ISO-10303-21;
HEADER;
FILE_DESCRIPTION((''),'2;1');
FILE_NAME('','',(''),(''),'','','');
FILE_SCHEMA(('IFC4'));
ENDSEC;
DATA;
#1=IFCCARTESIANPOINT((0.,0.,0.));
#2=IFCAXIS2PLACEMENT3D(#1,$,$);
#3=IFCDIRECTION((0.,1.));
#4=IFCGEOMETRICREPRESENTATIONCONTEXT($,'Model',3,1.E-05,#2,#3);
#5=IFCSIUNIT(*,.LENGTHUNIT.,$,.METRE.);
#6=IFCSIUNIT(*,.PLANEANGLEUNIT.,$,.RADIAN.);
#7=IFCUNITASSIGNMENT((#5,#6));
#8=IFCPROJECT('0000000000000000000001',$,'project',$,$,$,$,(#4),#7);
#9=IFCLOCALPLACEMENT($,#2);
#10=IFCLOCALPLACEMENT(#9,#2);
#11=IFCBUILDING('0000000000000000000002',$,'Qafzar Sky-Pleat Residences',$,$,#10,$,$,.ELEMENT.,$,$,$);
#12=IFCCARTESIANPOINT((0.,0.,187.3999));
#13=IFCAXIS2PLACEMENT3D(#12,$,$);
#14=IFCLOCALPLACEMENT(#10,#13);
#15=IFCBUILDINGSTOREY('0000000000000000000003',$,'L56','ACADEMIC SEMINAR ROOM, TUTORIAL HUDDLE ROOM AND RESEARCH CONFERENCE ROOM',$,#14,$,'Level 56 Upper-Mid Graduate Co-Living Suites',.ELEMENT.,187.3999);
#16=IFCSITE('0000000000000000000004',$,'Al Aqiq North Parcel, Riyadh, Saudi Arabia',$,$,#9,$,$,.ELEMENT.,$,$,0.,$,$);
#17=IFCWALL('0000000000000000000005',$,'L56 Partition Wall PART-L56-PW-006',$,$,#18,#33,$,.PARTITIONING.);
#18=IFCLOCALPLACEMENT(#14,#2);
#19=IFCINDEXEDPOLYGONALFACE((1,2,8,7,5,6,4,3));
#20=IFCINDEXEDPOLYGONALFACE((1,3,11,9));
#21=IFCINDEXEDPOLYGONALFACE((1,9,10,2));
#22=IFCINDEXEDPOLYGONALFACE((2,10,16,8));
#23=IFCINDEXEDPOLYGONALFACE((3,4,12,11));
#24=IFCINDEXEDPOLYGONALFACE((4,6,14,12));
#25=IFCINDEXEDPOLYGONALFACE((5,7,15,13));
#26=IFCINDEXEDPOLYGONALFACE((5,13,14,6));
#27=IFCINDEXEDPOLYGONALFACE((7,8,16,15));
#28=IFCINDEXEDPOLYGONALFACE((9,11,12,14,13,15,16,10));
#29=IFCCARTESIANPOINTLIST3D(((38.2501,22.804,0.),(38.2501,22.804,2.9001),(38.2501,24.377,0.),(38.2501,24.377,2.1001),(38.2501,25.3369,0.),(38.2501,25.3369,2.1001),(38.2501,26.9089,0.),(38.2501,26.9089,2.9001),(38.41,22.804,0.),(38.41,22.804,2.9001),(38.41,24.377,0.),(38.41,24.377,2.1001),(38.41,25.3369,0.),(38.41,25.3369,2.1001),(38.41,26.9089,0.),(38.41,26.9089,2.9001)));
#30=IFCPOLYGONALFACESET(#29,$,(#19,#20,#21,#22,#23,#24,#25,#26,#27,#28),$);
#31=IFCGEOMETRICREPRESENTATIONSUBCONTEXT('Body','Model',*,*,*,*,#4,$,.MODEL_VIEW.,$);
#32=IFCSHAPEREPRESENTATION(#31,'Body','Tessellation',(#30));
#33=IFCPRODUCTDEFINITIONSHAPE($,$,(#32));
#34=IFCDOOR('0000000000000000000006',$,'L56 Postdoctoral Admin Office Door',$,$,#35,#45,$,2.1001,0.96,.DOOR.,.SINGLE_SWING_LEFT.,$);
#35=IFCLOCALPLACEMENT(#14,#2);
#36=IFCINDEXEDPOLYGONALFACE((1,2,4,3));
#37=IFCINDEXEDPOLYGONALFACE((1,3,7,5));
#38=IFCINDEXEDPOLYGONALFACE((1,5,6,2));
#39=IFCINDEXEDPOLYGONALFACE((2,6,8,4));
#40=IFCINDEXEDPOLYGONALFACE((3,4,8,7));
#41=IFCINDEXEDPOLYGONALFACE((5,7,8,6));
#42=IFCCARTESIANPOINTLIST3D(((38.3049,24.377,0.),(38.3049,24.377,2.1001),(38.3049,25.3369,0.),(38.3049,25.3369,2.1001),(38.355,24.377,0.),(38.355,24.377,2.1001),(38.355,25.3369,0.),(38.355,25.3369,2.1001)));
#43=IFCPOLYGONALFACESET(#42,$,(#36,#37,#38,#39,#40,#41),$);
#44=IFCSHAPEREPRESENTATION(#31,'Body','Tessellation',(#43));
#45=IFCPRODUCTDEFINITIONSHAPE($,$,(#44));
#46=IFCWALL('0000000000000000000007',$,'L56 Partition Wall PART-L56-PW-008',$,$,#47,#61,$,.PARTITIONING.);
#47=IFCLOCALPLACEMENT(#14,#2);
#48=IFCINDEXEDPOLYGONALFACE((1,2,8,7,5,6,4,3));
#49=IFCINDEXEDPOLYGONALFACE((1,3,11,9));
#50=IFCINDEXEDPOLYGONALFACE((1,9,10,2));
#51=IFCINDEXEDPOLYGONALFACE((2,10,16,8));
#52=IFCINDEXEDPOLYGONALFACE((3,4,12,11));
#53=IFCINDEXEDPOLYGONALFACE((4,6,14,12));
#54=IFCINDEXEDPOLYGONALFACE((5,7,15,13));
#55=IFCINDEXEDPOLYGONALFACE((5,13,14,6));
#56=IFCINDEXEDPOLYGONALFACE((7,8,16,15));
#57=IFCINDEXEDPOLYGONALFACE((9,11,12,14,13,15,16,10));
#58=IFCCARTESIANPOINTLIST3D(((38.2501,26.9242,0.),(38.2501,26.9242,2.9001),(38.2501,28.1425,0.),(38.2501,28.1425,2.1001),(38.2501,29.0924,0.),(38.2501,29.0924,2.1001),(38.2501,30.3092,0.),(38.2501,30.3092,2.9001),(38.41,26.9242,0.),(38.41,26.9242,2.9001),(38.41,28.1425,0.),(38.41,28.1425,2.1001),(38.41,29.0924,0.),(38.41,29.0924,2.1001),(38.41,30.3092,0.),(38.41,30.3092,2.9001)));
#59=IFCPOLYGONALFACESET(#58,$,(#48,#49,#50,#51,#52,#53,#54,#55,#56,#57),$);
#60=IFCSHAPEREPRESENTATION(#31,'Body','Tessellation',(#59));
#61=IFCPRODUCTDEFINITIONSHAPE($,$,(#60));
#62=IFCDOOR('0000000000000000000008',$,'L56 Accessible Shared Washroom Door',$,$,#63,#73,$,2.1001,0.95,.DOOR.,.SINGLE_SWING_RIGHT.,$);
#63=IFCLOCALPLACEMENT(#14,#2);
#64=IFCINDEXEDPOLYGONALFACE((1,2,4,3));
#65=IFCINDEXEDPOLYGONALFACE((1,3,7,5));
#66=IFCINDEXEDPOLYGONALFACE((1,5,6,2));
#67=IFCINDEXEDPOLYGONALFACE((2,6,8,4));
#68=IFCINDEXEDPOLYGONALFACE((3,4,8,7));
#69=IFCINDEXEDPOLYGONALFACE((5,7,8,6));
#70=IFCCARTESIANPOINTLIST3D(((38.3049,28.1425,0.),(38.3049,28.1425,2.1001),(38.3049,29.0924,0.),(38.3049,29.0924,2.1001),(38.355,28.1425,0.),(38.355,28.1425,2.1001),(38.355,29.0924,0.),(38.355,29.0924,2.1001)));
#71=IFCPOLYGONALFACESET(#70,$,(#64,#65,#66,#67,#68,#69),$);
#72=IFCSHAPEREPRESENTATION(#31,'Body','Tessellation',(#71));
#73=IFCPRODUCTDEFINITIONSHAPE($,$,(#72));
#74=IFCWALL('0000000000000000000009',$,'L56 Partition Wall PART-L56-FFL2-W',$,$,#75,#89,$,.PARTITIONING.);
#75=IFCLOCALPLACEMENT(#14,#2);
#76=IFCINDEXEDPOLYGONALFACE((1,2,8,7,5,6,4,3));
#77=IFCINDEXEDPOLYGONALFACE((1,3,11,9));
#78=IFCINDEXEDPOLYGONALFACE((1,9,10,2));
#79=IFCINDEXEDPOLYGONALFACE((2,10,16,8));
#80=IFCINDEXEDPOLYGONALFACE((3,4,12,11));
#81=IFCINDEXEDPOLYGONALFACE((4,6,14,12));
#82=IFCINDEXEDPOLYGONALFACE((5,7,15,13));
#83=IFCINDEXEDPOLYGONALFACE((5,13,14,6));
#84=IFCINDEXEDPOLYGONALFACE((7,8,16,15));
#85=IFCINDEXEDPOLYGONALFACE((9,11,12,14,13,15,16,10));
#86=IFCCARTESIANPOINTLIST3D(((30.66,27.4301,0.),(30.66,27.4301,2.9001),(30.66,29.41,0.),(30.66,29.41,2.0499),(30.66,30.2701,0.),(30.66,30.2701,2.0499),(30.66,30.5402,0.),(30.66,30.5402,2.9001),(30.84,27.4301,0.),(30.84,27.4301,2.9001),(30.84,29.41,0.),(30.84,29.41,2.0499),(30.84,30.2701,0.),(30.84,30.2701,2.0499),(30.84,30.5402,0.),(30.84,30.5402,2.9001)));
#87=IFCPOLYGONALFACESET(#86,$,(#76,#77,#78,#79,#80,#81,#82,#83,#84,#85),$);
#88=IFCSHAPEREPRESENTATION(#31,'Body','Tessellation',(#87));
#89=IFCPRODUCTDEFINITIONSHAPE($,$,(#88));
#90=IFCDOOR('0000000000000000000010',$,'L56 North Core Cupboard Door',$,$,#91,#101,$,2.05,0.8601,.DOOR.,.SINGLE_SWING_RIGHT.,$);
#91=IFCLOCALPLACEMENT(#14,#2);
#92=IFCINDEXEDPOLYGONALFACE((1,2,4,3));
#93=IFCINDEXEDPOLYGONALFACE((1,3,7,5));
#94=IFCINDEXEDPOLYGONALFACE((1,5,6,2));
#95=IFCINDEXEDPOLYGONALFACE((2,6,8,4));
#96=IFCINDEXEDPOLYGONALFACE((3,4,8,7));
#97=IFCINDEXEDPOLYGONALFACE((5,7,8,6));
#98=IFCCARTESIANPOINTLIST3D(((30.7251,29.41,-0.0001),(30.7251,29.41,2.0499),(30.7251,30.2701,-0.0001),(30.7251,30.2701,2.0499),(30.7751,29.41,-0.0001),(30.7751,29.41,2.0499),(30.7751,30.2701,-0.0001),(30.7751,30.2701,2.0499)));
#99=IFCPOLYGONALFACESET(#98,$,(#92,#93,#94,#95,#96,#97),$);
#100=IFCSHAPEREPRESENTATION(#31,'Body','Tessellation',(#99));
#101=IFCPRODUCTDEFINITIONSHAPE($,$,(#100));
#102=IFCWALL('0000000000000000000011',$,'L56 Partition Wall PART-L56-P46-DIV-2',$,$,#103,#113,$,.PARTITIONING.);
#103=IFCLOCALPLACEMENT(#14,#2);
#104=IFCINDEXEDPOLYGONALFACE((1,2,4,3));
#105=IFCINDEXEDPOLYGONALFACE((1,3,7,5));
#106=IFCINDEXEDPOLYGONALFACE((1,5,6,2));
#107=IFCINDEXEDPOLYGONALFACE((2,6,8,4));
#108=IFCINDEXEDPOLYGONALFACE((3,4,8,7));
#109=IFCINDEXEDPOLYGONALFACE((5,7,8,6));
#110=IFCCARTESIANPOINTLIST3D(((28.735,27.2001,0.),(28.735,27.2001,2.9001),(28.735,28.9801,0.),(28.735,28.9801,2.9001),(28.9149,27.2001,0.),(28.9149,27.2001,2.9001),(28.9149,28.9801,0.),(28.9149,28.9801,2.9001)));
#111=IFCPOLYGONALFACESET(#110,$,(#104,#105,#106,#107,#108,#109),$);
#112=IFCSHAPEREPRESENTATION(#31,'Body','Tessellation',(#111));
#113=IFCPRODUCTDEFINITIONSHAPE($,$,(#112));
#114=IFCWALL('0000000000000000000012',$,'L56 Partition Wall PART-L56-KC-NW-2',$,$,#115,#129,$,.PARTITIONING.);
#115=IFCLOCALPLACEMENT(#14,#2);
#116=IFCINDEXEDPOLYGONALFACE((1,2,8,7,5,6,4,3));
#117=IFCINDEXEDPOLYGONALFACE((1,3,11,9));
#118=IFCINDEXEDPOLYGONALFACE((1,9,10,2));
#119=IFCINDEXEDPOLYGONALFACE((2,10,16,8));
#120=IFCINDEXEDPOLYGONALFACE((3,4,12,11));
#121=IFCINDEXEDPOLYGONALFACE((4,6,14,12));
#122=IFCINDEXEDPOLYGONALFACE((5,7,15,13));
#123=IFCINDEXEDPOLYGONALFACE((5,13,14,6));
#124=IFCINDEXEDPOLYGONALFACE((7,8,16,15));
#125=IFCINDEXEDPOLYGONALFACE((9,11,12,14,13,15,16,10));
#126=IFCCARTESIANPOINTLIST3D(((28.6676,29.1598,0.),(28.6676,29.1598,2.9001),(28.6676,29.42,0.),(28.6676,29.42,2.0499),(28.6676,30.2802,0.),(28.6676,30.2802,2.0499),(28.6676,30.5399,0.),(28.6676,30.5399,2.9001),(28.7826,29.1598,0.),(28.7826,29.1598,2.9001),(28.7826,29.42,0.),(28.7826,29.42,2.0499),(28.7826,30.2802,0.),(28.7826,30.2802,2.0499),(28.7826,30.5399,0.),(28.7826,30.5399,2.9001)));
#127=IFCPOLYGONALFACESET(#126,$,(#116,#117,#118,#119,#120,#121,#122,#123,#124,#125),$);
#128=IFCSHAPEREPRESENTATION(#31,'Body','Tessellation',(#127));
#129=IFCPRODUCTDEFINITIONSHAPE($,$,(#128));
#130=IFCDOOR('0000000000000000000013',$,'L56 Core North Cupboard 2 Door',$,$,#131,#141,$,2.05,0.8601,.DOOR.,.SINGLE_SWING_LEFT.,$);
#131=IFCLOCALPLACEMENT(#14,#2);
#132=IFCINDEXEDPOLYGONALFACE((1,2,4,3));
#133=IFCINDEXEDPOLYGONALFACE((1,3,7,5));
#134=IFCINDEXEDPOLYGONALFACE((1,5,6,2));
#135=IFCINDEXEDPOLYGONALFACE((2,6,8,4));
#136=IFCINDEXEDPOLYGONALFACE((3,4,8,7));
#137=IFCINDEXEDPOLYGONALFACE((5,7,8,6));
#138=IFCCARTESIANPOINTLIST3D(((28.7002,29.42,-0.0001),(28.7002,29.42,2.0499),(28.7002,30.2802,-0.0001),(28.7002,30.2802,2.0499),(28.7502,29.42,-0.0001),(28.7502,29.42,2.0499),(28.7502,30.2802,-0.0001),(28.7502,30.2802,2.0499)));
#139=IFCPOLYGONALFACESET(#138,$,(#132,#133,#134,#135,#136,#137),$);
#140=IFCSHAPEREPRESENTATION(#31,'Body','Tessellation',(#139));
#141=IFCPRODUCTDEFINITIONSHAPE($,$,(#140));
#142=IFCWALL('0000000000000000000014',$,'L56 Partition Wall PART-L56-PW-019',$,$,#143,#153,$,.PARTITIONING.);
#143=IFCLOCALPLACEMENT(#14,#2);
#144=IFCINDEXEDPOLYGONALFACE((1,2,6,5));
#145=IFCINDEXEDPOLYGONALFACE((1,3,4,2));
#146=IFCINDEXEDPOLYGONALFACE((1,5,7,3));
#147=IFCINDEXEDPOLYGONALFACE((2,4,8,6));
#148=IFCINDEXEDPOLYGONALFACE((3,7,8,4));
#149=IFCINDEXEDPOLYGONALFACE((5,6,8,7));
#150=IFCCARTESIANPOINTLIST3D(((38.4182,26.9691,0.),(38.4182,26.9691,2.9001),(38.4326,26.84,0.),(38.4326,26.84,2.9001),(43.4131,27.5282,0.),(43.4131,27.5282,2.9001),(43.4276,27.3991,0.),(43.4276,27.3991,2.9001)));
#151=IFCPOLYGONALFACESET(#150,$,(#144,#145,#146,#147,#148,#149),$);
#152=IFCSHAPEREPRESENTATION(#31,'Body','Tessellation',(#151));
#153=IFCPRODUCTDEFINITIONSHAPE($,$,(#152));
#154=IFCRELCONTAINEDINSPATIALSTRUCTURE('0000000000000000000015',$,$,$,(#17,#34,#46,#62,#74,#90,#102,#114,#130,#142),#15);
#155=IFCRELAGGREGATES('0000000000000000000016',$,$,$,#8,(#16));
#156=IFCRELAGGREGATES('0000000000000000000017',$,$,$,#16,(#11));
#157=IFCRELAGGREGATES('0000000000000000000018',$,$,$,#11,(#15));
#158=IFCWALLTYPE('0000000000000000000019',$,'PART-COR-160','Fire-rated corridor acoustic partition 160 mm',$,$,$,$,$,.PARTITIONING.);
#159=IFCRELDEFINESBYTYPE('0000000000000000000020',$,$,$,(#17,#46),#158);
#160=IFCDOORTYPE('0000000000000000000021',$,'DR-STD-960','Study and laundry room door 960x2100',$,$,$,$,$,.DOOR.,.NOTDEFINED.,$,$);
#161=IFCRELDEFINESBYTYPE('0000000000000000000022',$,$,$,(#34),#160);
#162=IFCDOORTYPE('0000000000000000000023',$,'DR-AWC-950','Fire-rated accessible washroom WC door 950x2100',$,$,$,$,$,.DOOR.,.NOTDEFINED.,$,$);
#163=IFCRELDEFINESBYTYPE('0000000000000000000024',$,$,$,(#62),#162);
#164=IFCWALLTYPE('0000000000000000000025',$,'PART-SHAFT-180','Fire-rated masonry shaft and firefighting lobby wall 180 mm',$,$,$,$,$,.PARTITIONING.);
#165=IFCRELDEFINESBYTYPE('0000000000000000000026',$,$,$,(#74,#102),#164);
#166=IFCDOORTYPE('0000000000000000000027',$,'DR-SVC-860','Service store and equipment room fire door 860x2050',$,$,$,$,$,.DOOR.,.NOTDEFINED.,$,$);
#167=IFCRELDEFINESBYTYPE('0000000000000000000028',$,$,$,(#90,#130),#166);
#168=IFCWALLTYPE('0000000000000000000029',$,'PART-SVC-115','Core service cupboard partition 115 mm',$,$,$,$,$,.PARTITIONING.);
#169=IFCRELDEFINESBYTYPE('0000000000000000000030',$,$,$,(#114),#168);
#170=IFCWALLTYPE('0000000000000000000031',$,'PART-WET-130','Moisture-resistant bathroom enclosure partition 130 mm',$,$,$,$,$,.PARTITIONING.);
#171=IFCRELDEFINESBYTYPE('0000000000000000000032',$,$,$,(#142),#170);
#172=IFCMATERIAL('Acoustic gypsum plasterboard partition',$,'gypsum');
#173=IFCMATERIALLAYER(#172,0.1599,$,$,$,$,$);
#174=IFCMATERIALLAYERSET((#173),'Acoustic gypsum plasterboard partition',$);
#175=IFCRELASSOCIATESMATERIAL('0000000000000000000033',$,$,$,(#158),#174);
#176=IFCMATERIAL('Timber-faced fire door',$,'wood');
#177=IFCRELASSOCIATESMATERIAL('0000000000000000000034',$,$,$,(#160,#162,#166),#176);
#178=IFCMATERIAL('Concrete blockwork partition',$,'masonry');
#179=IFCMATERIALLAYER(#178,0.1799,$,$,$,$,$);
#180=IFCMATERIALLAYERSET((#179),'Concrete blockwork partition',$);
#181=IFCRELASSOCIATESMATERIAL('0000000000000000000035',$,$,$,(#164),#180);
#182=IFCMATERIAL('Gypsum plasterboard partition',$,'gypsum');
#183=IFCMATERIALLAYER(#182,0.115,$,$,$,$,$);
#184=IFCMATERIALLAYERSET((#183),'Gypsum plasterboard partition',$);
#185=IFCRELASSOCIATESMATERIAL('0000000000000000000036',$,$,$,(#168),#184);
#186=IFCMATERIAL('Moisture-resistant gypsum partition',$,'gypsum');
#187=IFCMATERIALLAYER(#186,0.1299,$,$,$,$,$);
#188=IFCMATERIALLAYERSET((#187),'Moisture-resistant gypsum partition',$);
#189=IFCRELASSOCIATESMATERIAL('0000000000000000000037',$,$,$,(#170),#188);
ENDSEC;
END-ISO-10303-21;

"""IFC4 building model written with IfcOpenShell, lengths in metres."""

from ifc_helpers import new_model, si_unit, direction, frame, frame_2d, origin, place, context, subcontext, project, spatial, rectangle, extrude, source, transform, mapped, material, layer, layer_set, type_object, element, fill, save


model = new_model("IFC4")

# Units and contexts
model_context = context("Model", 3, precision=1e-05, world=origin(), true_north=direction((0.0, 1.0)))
body_context = subcontext(model_context, "Body", "Model", "MODEL_VIEW")
ifc_project = project(units=[si_unit("LENGTHUNIT", "METRE"), si_unit("PLANEANGLEUNIT", "RADIAN")], contexts=[model_context])

# Site, building, storey
site_placement = place(None, origin())
site = spatial("IfcSite", under=ifc_project, at=site_placement, Name="Al Aqiq North Parcel, Riyadh, Saudi Arabia", CompositionType="ELEMENT", RefElevation=0.0)
building_placement = place(site_placement, origin())
building = spatial("IfcBuilding", under=site, at=building_placement, Name="Qafzar Sky-Pleat Residences", CompositionType="ELEMENT")
storey_placement = place(building_placement, frame((0.0, 0.0, 187.3999)))
storey = spatial("IfcBuildingStorey", under=building, at=storey_placement, Name="L56", Description="ACADEMIC SEMINAR ROOM, TUTORIAL HUDDLE ROOM AND RESEARCH CONFERENCE ROOM", LongName="Level 56 Upper-Mid Graduate Co-Living Suites", CompositionType="ELEMENT", Elevation=187.3999)

# Walls, openings, doors
ifc_material_1 = material(Name="Acoustic gypsum plasterboard partition", Category="gypsum")
ifc_layer_1 = layer(ifc_material_1, 0.1599)
ifc_layer_set_1 = layer_set([ifc_layer_1], Name="Acoustic gypsum plasterboard partition")
wall_type_1 = type_object("IfcWallType", Name="PART-COR-160", Description="Fire-rated corridor acoustic partition 160 mm", PredefinedType="PARTITIONING", material=ifc_layer_set_1)
wall_1_placement = place(storey_placement, frame((38.3301, 26.9089, 0.0), z_axis=(0.0, 0.0, 1.0), x_axis=(0.0, -1.0, 0.0)))
wall_1 = element("IfcWall", 1, at=wall_1_placement, inside=storey, type_object=wall_type_1, Name="L56 Partition Wall PART-L56-PW-006", PredefinedType="PARTITIONING", context=body_context, shape_type="SweptSolid", body=[
    extrude(rectangle(XDim=4.105, YDim=0.1599, at=frame_2d((2.0525, 0.0))), origin(), (0.0, 0.0, 1.0), 2.9001),
])
opening_1_placement = place(wall_1_placement, frame((1.572, 0.0, 0.0)))
opening_1 = element("IfcOpeningElement", 2, at=opening_1_placement, cuts=wall_1, PredefinedType="OPENING", context=body_context, shape_type="SweptSolid", body=[
    extrude(rectangle(XDim=0.96, YDim=2.1001, at=frame_2d((0.48, 1.05))), frame((0.0, 0.0898, 0.0), z_axis=(0.0, -1.0, 0.0), x_axis=(1.0, 0.0, 0.0)), (0.0, 0.0, 1.0), 0.1799),
])
ifc_material_2 = material(Name="Timber-faced fire door", Category="wood")
door_type_1 = type_object("IfcDoorType", Name="DR-STD-960", Description="Study and laundry room door 960x2100", OperationType="NOTDEFINED", PredefinedType="DOOR", material=ifc_material_2)
shared_shape_1 = source(origin(), body_context, "Body", "SweptSolid", [
    extrude(rectangle(XDim=0.96, YDim=2.1001, at=frame_2d((0.48, 1.05))), frame((0.0, 0.0249, 0.0), z_axis=(0.0, -1.0, 0.0), x_axis=(1.0, 0.0, 0.0)), (0.0, 0.0, 1.0), 0.05),
])
door_1_placement = place(opening_1_placement, origin())
door_1 = element("IfcDoor", 3, at=door_1_placement, inside=storey, type_object=door_type_1, Name="L56 Postdoctoral Admin Office Door", OperationType="SINGLE_SWING_LEFT", OverallHeight=2.1001, OverallWidth=0.96, PredefinedType="DOOR", context=body_context, shape_type="MappedRepresentation", body=[
    mapped(shared_shape_1, transform((0.0, 0.0, 0.0), x_axis=(1.0, 0.0, 0.0), y_axis=(0.0, 1.0, 0.0), z_axis=(0.0, 0.0, 1.0), scale=1.0)),
])
fill(opening_1, door_1)
wall_2_placement = place(storey_placement, frame((38.3301, 30.3091, 0.0), z_axis=(0.0, 0.0, 1.0), x_axis=(0.0, -1.0, 0.0)))
wall_2 = element("IfcWall", 4, at=wall_2_placement, inside=storey, type_object=wall_type_1, Name="L56 Partition Wall PART-L56-PW-008", PredefinedType="PARTITIONING", context=body_context, shape_type="SweptSolid", body=[
    extrude(rectangle(XDim=3.385, YDim=0.1599, at=frame_2d((1.6924, 0.0))), origin(), (0.0, 0.0, 1.0), 2.9001),
])
opening_2_placement = place(wall_2_placement, frame((1.2166, 0.0, 0.0)))
opening_2 = element("IfcOpeningElement", 5, at=opening_2_placement, cuts=wall_2, PredefinedType="OPENING", context=body_context, shape_type="SweptSolid", body=[
    extrude(rectangle(XDim=0.95, YDim=2.1001, at=frame_2d((0.4751, 1.05))), frame((0.0, 0.0898, 0.0), z_axis=(0.0, -1.0, 0.0), x_axis=(1.0, 0.0, 0.0)), (0.0, 0.0, 1.0), 0.1799),
])
door_type_2 = type_object("IfcDoorType", Name="DR-AWC-950", Description="Fire-rated accessible washroom WC door 950x2100", OperationType="NOTDEFINED", PredefinedType="DOOR", material=ifc_material_2)
shared_shape_2 = source(origin(), body_context, "Body", "SweptSolid", [
    extrude(rectangle(XDim=0.95, YDim=2.1001, at=frame_2d((0.4751, 1.05))), frame((0.0, 0.0249, 0.0), z_axis=(0.0, -1.0, 0.0), x_axis=(1.0, 0.0, 0.0)), (0.0, 0.0, 1.0), 0.05),
])
door_2_placement = place(opening_2_placement, origin())
door_2 = element("IfcDoor", 6, at=door_2_placement, inside=storey, type_object=door_type_2, Name="L56 Accessible Shared Washroom Door", OperationType="SINGLE_SWING_RIGHT", OverallHeight=2.1001, OverallWidth=0.95, PredefinedType="DOOR", context=body_context, shape_type="MappedRepresentation", body=[
    mapped(shared_shape_2, transform((0.0, 0.0, 0.0), x_axis=(1.0, 0.0, 0.0), y_axis=(0.0, 1.0, 0.0), z_axis=(0.0, 0.0, 1.0), scale=1.0)),
])
fill(opening_2, door_2)
ifc_material_3 = material(Name="Concrete blockwork partition", Category="masonry")
ifc_layer_2 = layer(ifc_material_3, 0.1799)
ifc_layer_set_2 = layer_set([ifc_layer_2], Name="Concrete blockwork partition")
wall_type_2 = type_object("IfcWallType", Name="PART-SHAFT-180", Description="Fire-rated masonry shaft and firefighting lobby wall 180 mm", PredefinedType="PARTITIONING", material=ifc_layer_set_2)
wall_3_placement = place(storey_placement, frame((30.75, 27.4299, 0.0), z_axis=(0.0, 0.0, 1.0), x_axis=(0.0, 1.0, 0.0)))
wall_3 = element("IfcWall", 7, at=wall_3_placement, inside=storey, type_object=wall_type_2, Name="L56 Partition Wall PART-L56-FFL2-W", PredefinedType="PARTITIONING", context=body_context, shape_type="SweptSolid", body=[
    extrude(rectangle(XDim=3.1101, YDim=0.1799, at=frame_2d((1.5552, 0.0))), origin(), (0.0, 0.0, 1.0), 2.9001),
])
opening_3_placement = place(wall_3_placement, frame((1.98, 0.0, 0.0)))
opening_3 = element("IfcOpeningElement", 8, at=opening_3_placement, cuts=wall_3, PredefinedType="OPENING", context=body_context, shape_type="SweptSolid", body=[
    extrude(rectangle(XDim=0.8601, YDim=2.05, at=frame_2d((0.4302, 1.0249))), frame((0.0, 0.1001, 0.0), z_axis=(0.0, -1.0, 0.0), x_axis=(1.0, 0.0, 0.0)), (0.0, 0.0, 1.0), 0.2),
])
door_type_3 = type_object("IfcDoorType", Name="DR-SVC-860", Description="Service store and equipment room fire door 860x2050", OperationType="NOTDEFINED", PredefinedType="DOOR", material=ifc_material_2)
shared_shape_3 = source(origin(), body_context, "Body", "SweptSolid", [
    extrude(rectangle(XDim=0.8601, YDim=2.05, at=frame_2d((0.4302, 1.0249))), frame((0.0, 0.0249, 0.0), z_axis=(0.0, -1.0, 0.0), x_axis=(1.0, 0.0, 0.0)), (0.0, 0.0, 1.0), 0.05),
])
door_3_placement = place(opening_3_placement, origin())
door_3 = element("IfcDoor", 9, at=door_3_placement, inside=storey, type_object=door_type_3, Name="L56 North Core Cupboard Door", OperationType="SINGLE_SWING_RIGHT", OverallHeight=2.05, OverallWidth=0.8601, PredefinedType="DOOR", context=body_context, shape_type="MappedRepresentation", body=[
    mapped(shared_shape_3, transform((0.0, 0.0, 0.0), x_axis=(1.0, 0.0, 0.0), y_axis=(0.0, 1.0, 0.0), z_axis=(0.0, 0.0, 1.0), scale=1.0)),
])
fill(opening_3, door_3)

# Wall
wall_4_placement = place(storey_placement, frame((28.825, 27.2, 0.0), z_axis=(0.0, 0.0, 1.0), x_axis=(0.0, 1.0, 0.0)))
element("IfcWall", 10, at=wall_4_placement, inside=storey, type_object=wall_type_2, Name="L56 Partition Wall PART-L56-P46-DIV-2", PredefinedType="PARTITIONING", context=body_context, shape_type="SweptSolid", body=[
    extrude(rectangle(XDim=1.78, YDim=0.1799, at=frame_2d((0.8901, 0.0))), origin(), (0.0, 0.0, 1.0), 2.9001),
])

# Wall, opening, door
ifc_material_4 = material(Name="Gypsum plasterboard partition", Category="gypsum")
ifc_layer_3 = layer(ifc_material_4, 0.115)
ifc_layer_set_3 = layer_set([ifc_layer_3], Name="Gypsum plasterboard partition")
wall_type_3 = type_object("IfcWallType", Name="PART-SVC-115", Description="Core service cupboard partition 115 mm", PredefinedType="PARTITIONING", material=ifc_layer_set_3)
wall_5_placement = place(storey_placement, frame((28.7251, 29.1599, 0.0), z_axis=(0.0, 0.0, 1.0), x_axis=(0.0, 1.0, 0.0)))
wall_5 = element("IfcWall", 11, at=wall_5_placement, inside=storey, type_object=wall_type_3, Name="L56 Partition Wall PART-L56-KC-NW-2", PredefinedType="PARTITIONING", context=body_context, shape_type="SweptSolid", body=[
    extrude(rectangle(XDim=1.3801, YDim=0.115, at=frame_2d((0.6899, 0.0))), origin(), (0.0, 0.0, 1.0), 2.9001),
])
opening_4_placement = place(wall_5_placement, frame((0.26, 0.0, 0.0)))
opening_4 = element("IfcOpeningElement", 12, at=opening_4_placement, cuts=wall_5, PredefinedType="OPENING", context=body_context, shape_type="SweptSolid", body=[
    extrude(rectangle(XDim=0.8601, YDim=2.05, at=frame_2d((0.4302, 1.0249))), frame((0.0, 0.0674, 0.0), z_axis=(0.0, -1.0, 0.0), x_axis=(1.0, 0.0, 0.0)), (0.0, 0.0, 1.0), 0.135),
])
door_4_placement = place(opening_4_placement, origin())
door_4 = element("IfcDoor", 13, at=door_4_placement, inside=storey, type_object=door_type_3, Name="L56 Core North Cupboard 2 Door", OperationType="SINGLE_SWING_LEFT", OverallHeight=2.05, OverallWidth=0.8601, PredefinedType="DOOR", context=body_context, shape_type="MappedRepresentation", body=[
    mapped(shared_shape_3, transform((0.0, 0.0, 0.0), x_axis=(1.0, 0.0, 0.0), y_axis=(0.0, 1.0, 0.0), z_axis=(0.0, 0.0, 1.0), scale=1.0)),
])
fill(opening_4, door_4)

# Wall
ifc_material_5 = material(Name="Moisture-resistant gypsum partition", Category="gypsum")
ifc_layer_4 = layer(ifc_material_5, 0.1299)
ifc_layer_set_4 = layer_set([ifc_layer_4], Name="Moisture-resistant gypsum partition")
wall_type_4 = type_object("IfcWallType", Name="PART-WET-130", Description="Moisture-resistant bathroom enclosure partition 130 mm", PredefinedType="PARTITIONING", material=ifc_layer_set_4)
wall_6_placement = place(storey_placement, frame((38.4253, 26.9045, 0.0), z_axis=(0.0, 0.0, 1.0), x_axis=(0.993794, 0.111237, 0.0)))
element("IfcWall", 14, at=wall_6_placement, inside=storey, type_object=wall_type_4, Name="L56 Partition Wall PART-L56-PW-019", PredefinedType="PARTITIONING", context=body_context, shape_type="SweptSolid", body=[
    extrude(rectangle(XDim=5.0261, YDim=0.1299, at=frame_2d((2.5132, 0.0))), origin(), (0.0, 0.0, 1.0), 2.9001),
])

save(model, "model.ifc")
